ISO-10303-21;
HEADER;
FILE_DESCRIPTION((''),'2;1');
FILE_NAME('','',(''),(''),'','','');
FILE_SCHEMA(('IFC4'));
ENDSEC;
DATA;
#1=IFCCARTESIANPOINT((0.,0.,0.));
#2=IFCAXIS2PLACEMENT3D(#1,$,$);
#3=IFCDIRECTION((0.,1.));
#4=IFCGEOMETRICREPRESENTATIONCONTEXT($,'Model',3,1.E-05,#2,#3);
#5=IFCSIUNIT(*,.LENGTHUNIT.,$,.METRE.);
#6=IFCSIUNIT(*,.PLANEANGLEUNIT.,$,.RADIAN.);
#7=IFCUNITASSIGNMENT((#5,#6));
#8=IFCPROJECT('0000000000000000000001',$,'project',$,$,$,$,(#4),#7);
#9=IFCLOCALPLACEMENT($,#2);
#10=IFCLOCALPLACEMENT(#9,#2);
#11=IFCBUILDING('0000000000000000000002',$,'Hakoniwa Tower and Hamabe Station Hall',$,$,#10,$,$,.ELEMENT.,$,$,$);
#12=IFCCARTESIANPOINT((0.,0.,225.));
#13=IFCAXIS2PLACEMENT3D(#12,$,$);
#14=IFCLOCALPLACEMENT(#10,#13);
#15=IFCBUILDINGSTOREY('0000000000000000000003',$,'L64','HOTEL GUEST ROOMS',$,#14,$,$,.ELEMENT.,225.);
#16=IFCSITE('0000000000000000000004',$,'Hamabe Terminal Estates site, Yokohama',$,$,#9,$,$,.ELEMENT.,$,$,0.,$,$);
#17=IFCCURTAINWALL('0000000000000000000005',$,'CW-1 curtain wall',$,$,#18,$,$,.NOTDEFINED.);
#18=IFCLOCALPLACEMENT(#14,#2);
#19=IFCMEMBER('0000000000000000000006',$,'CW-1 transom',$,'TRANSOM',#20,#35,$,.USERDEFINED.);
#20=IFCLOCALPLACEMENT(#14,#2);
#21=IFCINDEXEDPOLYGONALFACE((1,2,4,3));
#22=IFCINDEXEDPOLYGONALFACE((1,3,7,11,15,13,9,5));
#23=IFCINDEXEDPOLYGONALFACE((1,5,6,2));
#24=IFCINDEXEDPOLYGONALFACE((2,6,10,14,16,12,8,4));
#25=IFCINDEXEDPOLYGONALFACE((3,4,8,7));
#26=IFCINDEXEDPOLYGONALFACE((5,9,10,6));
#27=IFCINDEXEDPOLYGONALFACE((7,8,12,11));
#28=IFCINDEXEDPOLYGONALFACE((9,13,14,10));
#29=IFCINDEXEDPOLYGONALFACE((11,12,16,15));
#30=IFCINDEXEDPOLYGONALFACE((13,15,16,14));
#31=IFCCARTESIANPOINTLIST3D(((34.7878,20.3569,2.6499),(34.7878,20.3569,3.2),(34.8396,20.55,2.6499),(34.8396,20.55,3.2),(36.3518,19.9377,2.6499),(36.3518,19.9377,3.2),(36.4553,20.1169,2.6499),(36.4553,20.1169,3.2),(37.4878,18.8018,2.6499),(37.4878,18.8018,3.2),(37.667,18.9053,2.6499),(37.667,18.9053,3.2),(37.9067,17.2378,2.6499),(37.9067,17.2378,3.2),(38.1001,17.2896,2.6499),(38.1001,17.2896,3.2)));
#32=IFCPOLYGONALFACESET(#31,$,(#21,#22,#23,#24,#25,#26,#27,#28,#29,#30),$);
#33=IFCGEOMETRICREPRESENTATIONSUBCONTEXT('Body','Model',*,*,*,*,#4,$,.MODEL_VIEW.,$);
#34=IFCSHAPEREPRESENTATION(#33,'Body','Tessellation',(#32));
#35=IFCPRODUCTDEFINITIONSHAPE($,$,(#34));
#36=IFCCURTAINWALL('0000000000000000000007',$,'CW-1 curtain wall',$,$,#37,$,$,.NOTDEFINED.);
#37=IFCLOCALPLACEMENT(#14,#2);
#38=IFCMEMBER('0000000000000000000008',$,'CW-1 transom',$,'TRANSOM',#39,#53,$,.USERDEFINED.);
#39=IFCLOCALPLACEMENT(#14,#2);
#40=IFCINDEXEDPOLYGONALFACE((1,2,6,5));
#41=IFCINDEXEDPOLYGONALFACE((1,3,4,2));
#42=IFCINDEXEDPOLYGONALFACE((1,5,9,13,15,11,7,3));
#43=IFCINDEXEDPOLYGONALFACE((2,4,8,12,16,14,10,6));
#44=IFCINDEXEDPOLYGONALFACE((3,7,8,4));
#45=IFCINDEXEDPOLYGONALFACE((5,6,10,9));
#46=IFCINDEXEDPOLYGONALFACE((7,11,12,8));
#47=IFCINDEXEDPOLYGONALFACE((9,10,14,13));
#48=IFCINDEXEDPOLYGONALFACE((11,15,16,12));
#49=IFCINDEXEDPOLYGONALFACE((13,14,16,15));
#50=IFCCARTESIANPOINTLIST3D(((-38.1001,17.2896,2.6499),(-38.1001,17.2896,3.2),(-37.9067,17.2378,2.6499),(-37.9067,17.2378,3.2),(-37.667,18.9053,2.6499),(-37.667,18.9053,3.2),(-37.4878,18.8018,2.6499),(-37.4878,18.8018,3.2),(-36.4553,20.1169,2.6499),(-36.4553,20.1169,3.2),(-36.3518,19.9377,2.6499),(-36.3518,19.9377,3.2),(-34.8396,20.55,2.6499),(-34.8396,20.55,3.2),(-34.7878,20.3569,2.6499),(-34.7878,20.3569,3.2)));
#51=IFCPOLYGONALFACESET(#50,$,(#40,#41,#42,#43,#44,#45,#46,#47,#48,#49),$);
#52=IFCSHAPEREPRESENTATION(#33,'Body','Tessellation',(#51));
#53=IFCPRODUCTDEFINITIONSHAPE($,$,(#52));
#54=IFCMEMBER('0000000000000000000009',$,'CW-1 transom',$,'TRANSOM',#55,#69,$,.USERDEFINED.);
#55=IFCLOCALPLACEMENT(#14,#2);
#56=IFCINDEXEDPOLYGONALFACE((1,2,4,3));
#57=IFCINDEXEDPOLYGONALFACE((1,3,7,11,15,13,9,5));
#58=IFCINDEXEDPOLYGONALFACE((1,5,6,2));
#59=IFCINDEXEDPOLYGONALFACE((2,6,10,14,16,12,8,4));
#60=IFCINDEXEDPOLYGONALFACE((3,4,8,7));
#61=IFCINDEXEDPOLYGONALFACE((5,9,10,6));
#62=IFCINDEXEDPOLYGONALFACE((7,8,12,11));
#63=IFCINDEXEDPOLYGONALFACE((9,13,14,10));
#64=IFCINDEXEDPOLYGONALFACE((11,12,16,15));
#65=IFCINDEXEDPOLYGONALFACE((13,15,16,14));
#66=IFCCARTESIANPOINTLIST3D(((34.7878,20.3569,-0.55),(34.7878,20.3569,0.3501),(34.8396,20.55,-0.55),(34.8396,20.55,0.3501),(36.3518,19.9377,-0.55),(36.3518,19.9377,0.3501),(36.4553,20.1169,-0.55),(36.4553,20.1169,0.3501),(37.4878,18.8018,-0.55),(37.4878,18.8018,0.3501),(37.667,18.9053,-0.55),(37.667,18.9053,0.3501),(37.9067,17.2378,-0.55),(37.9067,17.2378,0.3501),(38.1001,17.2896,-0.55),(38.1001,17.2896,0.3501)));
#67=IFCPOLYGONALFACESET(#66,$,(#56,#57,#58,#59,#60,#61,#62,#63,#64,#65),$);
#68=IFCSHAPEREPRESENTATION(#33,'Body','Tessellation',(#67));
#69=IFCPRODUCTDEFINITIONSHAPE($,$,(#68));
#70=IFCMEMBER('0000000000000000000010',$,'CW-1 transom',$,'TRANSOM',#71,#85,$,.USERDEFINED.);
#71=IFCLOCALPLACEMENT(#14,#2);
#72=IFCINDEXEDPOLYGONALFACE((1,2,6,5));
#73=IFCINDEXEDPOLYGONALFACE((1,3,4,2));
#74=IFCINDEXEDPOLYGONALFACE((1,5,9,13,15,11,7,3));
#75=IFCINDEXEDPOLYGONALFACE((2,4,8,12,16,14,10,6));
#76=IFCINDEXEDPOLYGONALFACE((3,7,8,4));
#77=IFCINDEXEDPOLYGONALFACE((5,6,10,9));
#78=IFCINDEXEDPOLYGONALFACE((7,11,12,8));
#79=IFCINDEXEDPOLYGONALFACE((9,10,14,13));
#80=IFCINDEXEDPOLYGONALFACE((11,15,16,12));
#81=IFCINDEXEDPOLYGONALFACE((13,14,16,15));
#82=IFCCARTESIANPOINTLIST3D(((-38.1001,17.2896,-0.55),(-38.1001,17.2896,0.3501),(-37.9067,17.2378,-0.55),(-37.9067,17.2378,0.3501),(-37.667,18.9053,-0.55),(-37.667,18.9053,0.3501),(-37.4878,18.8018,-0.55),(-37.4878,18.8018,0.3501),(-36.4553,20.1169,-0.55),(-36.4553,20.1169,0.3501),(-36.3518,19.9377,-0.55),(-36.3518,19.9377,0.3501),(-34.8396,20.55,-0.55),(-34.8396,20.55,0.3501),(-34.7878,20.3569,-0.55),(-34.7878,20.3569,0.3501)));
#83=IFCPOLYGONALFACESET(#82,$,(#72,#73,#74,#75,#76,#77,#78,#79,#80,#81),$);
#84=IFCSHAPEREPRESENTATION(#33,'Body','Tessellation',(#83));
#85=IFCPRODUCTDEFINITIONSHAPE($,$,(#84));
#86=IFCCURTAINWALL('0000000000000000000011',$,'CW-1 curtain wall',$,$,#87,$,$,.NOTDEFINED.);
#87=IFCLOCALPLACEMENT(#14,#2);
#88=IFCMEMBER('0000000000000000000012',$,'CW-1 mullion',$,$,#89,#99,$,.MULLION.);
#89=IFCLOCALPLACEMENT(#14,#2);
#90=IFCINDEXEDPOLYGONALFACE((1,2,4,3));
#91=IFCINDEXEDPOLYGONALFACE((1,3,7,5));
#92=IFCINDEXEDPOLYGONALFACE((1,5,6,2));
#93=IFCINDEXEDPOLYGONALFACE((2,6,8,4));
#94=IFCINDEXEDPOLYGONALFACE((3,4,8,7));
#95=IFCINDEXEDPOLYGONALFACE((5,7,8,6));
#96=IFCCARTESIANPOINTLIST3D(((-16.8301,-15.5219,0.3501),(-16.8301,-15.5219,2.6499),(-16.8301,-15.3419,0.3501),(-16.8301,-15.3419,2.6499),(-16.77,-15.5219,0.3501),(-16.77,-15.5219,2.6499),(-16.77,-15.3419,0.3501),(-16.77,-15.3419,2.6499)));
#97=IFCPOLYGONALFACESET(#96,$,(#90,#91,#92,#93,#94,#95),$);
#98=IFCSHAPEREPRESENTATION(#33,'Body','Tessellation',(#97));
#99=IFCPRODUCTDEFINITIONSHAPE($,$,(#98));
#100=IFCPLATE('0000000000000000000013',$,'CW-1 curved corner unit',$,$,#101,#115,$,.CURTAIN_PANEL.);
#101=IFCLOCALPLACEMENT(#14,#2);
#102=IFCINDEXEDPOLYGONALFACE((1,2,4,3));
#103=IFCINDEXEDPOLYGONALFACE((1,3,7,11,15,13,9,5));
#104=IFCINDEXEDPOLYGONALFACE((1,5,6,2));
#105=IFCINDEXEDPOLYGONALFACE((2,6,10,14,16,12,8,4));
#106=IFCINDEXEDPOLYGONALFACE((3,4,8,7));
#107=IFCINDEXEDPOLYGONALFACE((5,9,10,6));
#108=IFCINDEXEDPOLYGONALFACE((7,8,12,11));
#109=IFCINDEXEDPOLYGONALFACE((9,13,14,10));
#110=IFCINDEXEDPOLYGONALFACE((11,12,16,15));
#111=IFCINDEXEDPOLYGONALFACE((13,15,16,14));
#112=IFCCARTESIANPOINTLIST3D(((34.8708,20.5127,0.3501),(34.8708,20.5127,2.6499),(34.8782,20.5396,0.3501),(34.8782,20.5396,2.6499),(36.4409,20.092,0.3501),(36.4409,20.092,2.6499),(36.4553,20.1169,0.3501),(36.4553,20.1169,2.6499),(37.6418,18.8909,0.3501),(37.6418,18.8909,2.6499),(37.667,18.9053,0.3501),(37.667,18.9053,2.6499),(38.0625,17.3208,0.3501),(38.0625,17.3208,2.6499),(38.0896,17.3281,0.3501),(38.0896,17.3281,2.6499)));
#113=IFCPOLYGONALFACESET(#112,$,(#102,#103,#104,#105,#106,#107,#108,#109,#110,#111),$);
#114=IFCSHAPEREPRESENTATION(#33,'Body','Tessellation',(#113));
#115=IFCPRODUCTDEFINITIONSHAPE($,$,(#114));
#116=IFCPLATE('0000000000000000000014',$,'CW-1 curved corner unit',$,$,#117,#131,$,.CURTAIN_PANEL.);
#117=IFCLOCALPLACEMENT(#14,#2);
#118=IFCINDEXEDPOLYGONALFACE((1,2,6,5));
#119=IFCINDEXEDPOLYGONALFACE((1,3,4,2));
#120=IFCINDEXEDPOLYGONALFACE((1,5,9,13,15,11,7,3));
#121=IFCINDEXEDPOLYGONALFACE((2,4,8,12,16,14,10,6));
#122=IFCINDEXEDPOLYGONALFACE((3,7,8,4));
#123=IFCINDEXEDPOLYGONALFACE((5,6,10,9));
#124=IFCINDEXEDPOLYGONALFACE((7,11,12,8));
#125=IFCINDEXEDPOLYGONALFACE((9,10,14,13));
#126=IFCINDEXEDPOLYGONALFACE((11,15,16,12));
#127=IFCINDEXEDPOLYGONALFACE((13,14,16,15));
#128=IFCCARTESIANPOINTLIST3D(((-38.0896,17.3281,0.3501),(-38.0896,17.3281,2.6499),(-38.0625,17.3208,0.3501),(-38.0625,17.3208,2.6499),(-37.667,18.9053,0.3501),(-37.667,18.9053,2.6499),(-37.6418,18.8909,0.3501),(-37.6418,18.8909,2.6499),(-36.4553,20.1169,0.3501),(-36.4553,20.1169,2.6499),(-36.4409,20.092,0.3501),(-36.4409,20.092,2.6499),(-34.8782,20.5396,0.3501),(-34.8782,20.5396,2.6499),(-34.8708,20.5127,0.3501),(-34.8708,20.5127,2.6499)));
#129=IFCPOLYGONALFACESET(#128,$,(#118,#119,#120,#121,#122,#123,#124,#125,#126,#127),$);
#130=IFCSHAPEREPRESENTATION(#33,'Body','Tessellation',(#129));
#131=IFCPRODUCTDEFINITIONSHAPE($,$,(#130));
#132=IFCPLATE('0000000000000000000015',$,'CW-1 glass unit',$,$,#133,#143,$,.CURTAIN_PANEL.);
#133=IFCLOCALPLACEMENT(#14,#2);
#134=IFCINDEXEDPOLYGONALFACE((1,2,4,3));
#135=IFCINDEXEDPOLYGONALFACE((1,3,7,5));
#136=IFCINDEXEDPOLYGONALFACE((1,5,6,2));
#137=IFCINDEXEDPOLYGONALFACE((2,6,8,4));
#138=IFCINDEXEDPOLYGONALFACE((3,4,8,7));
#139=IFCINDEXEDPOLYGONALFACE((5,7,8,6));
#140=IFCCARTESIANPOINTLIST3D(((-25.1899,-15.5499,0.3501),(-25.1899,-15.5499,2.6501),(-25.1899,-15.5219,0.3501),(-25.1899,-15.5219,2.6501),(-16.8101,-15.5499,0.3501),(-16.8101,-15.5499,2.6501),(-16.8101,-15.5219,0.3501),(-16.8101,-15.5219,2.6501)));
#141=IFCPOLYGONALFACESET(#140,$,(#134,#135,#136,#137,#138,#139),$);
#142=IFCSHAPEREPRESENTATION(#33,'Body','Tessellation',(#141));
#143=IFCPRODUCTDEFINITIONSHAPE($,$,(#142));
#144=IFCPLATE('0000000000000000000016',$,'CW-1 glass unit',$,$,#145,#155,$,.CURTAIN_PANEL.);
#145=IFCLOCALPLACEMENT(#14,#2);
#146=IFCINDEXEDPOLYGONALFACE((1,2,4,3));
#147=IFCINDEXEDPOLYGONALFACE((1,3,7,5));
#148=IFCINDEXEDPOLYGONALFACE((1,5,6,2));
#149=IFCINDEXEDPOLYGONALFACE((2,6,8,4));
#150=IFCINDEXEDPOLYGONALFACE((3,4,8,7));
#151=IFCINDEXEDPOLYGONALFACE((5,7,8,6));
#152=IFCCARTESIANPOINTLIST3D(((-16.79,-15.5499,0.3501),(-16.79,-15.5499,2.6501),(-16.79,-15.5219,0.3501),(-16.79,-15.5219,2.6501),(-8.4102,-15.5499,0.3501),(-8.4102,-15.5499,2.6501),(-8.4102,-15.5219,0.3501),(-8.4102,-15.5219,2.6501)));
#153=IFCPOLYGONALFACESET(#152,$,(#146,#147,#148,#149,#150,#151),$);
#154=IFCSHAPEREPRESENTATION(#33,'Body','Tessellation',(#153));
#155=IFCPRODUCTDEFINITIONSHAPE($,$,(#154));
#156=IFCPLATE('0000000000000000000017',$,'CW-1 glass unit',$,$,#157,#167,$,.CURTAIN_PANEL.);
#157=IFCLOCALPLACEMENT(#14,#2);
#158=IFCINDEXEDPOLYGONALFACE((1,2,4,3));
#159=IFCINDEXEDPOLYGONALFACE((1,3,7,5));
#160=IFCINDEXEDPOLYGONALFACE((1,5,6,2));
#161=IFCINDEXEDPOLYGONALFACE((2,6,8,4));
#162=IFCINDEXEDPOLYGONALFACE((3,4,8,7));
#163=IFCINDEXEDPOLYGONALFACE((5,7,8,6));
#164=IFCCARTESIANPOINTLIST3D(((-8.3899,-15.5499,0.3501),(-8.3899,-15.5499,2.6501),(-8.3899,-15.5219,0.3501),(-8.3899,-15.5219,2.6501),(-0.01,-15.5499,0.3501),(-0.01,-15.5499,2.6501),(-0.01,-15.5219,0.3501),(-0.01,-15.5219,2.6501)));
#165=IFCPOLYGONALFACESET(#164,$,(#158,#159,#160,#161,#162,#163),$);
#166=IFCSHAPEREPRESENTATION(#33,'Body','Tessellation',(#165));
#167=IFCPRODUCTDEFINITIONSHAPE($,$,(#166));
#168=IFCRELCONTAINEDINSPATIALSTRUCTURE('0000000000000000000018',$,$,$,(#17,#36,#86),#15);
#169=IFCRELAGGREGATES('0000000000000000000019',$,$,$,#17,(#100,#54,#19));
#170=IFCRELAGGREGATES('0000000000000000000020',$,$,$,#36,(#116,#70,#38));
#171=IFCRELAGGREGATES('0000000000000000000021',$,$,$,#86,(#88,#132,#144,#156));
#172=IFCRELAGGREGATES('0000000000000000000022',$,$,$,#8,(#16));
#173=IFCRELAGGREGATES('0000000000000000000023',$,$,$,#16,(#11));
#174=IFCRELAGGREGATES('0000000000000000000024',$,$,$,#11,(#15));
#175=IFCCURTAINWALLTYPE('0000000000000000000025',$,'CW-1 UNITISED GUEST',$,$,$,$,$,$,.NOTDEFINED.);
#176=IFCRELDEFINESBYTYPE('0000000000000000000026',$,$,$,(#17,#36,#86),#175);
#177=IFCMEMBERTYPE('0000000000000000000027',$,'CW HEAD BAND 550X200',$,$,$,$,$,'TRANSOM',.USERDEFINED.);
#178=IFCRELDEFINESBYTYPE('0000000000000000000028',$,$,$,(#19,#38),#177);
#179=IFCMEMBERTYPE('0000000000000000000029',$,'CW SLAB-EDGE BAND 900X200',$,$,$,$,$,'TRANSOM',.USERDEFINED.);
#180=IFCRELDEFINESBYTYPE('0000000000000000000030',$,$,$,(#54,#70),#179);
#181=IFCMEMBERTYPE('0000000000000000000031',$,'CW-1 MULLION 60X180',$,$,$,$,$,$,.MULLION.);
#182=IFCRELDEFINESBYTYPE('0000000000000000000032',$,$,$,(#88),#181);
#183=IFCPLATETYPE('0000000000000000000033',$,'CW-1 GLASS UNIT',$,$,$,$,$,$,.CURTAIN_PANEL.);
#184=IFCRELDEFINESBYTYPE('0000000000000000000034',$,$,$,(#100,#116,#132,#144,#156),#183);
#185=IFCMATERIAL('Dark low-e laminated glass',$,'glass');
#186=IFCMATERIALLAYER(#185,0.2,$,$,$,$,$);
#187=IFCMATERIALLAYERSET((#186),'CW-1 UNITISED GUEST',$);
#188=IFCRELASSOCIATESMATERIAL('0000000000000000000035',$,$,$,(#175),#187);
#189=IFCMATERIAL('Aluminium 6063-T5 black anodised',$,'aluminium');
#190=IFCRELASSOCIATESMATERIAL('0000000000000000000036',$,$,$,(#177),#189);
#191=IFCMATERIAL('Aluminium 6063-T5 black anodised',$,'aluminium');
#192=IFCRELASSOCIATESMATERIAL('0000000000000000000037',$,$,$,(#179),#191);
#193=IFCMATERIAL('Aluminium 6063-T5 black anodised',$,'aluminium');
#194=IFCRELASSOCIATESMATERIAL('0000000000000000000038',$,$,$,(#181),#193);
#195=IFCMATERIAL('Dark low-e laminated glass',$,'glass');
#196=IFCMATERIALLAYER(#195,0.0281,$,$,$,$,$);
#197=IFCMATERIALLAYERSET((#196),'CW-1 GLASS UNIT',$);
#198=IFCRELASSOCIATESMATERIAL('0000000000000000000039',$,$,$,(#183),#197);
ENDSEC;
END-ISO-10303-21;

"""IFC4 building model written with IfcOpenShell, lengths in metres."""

from ifc_helpers import new_model, si_unit, direction, frame, origin, origin_2d, place, context, subcontext, project, spatial, polyline, rectangle, outline, extrude, material, layer, layer_set, material_profile, profile_set, type_object, element, aggregate, save


model = new_model("IFC4")

# Units and contexts
model_context = context("Model", 3, precision=1e-05, world=origin(), true_north=direction((0.0, 1.0)))
body_context = subcontext(model_context, "Body", "Model", "MODEL_VIEW")
ifc_project = project(units=[si_unit("LENGTHUNIT", "METRE"), si_unit("PLANEANGLEUNIT", "RADIAN")], contexts=[model_context])

# Site, building, storey
site_placement = place(None, origin())
site = spatial("IfcSite", under=ifc_project, at=site_placement, Name="Hamabe Terminal Estates site, Yokohama", CompositionType="ELEMENT", RefElevation=0.0)
building_placement = place(site_placement, origin())
building = spatial("IfcBuilding", under=site, at=building_placement, Name="Hakoniwa Tower and Hamabe Station Hall", CompositionType="ELEMENT")
storey_placement = place(building_placement, frame((0.0, 0.0, 225.0)))
storey = spatial("IfcBuildingStorey", under=building, at=storey_placement, Name="L64", Description="HOTEL GUEST ROOMS", CompositionType="ELEMENT", Elevation=225.0)

# Curtain walls, members
ifc_material_1 = material(Name="Dark low-e laminated glass", Category="glass")
ifc_layer_1 = layer(ifc_material_1, 0.2)
ifc_layer_set_1 = layer_set([ifc_layer_1], Name="CW-1 UNITISED GUEST")
curtain_wall_type = type_object("IfcCurtainWallType", Name="CW-1 UNITISED GUEST", PredefinedType="NOTDEFINED", material=ifc_layer_set_1)
curtain_wall_1_placement = place(storey_placement, origin())
curtain_wall_1 = element("IfcCurtainWall", 1, at=curtain_wall_1_placement, inside=storey, type_object=curtain_wall_type, Name="CW-1 curtain wall", PredefinedType="NOTDEFINED")
ifc_material_2 = material(Name="Aluminium 6063-T5 black anodised", Category="aluminium")
ifc_material_profile_1 = material_profile(ifc_material_2, rectangle(XDim=0.2, YDim=0.55, at=origin_2d()), Name="CW HEAD BAND 550X200")
ifc_profile_set_1 = profile_set([ifc_material_profile_1], Name="Aluminium 6063-T5 black anodised")
member_type_1 = type_object("IfcMemberType", Name="CW HEAD BAND 550X200", ElementType="TRANSOM", PredefinedType="USERDEFINED", material=ifc_profile_set_1)
member_1_placement = place(storey_placement, frame((0.0, 0.0, 2.6499)))
member_1 = element("IfcMember", 2, at=member_1_placement, type_object=member_type_1, Name="CW-1 transom", ObjectType="TRANSOM", PredefinedType="USERDEFINED", context=body_context, shape_type="SweptSolid", body=[
    extrude(outline(polyline([(38.1001, 17.2896), (37.667, 18.9053), (36.4553, 20.1169), (34.8396, 20.55), (34.7878, 20.3569), (36.3518, 19.9377), (37.4878, 18.8018), (37.9067, 17.2378), (38.1001, 17.2896)])), origin(), (0.0, 0.0, 1.0), 0.55),
])
curtain_wall_2_placement = place(storey_placement, origin())
curtain_wall_2 = element("IfcCurtainWall", 3, at=curtain_wall_2_placement, inside=storey, type_object=curtain_wall_type, Name="CW-1 curtain wall", PredefinedType="NOTDEFINED")
member_2_placement = place(storey_placement, frame((0.0, 0.0, 2.6499)))
member_2 = element("IfcMember", 4, at=member_2_placement, type_object=member_type_1, Name="CW-1 transom", ObjectType="TRANSOM", PredefinedType="USERDEFINED", context=body_context, shape_type="SweptSolid", body=[
    extrude(outline(polyline([(-34.8396, 20.55), (-36.4553, 20.1169), (-37.667, 18.9053), (-38.1001, 17.2896), (-37.9067, 17.2378), (-37.4878, 18.8018), (-36.3518, 19.9377), (-34.7878, 20.3569), (-34.8396, 20.55)])), origin(), (0.0, 0.0, 1.0), 0.55),
])

# Members
ifc_material_3 = material(Name="Aluminium 6063-T5 black anodised", Category="aluminium")
ifc_material_profile_2 = material_profile(ifc_material_3, rectangle(XDim=0.2, YDim=0.8999, at=origin_2d()), Name="CW SLAB-EDGE BAND 900X200")
ifc_profile_set_2 = profile_set([ifc_material_profile_2], Name="Aluminium 6063-T5 black anodised")
member_type_2 = type_object("IfcMemberType", Name="CW SLAB-EDGE BAND 900X200", ElementType="TRANSOM", PredefinedType="USERDEFINED", material=ifc_profile_set_2)
member_3_placement = place(storey_placement, frame((0.0, 0.0, -0.55)))
member_3 = element("IfcMember", 5, at=member_3_placement, type_object=member_type_2, Name="CW-1 transom", ObjectType="TRANSOM", PredefinedType="USERDEFINED", context=body_context, shape_type="SweptSolid", body=[
    extrude(outline(polyline([(38.1001, 17.2896), (37.667, 18.9053), (36.4553, 20.1169), (34.8396, 20.55), (34.7878, 20.3569), (36.3518, 19.9377), (37.4878, 18.8018), (37.9067, 17.2378), (38.1001, 17.2896)])), origin(), (0.0, 0.0, 1.0), 0.9001),
])
member_4_placement = place(storey_placement, frame((0.0, 0.0, -0.55)))
member_4 = element("IfcMember", 6, at=member_4_placement, type_object=member_type_2, Name="CW-1 transom", ObjectType="TRANSOM", PredefinedType="USERDEFINED", context=body_context, shape_type="SweptSolid", body=[
    extrude(outline(polyline([(-34.8396, 20.55), (-36.4553, 20.1169), (-37.667, 18.9053), (-38.1001, 17.2896), (-37.9067, 17.2378), (-37.4878, 18.8018), (-36.3518, 19.9377), (-34.7878, 20.3569), (-34.8396, 20.55)])), origin(), (0.0, 0.0, 1.0), 0.9001),
])

# Curtain wall, member
curtain_wall_3_placement = place(storey_placement, origin())
curtain_wall_3 = element("IfcCurtainWall", 7, at=curtain_wall_3_placement, inside=storey, type_object=curtain_wall_type, Name="CW-1 curtain wall", PredefinedType="NOTDEFINED")
ifc_material_4 = material(Name="Aluminium 6063-T5 black anodised", Category="aluminium")
ifc_material_profile_3 = material_profile(ifc_material_4, rectangle(XDim=0.0601, YDim=0.1799, at=origin_2d()), Name="CW-1 MULLION 60X180")
ifc_profile_set_3 = profile_set([ifc_material_profile_3], Name="Aluminium 6063-T5 black anodised")
member_type_3 = type_object("IfcMemberType", Name="CW-1 MULLION 60X180", PredefinedType="MULLION", material=ifc_profile_set_3)
member_5_placement = place(storey_placement, frame((-16.8, -15.4319, 0.3501), z_axis=(0.0, 0.0, 1.0), x_axis=(1.0, 0.0, 0.0)))
member_5 = element("IfcMember", 8, at=member_5_placement, type_object=member_type_3, Name="CW-1 mullion", PredefinedType="MULLION", context=body_context, shape_type="SweptSolid", body=[
    extrude(rectangle(XDim=0.0601, YDim=0.1799, at=origin_2d()), origin(), (0.0, 0.0, 1.0), 2.2998),
])

# Plates
ifc_material_5 = material(Name="Dark low-e laminated glass", Category="glass")
ifc_layer_2 = layer(ifc_material_5, 0.0281)
ifc_layer_set_2 = layer_set([ifc_layer_2], Name="CW-1 GLASS UNIT")
plate_type = type_object("IfcPlateType", Name="CW-1 GLASS UNIT", PredefinedType="CURTAIN_PANEL", material=ifc_layer_set_2)
plate_1_placement = place(storey_placement, frame((0.0, 0.0, 0.3501)))
plate_1 = element("IfcPlate", 9, at=plate_1_placement, type_object=plate_type, Name="CW-1 curved corner unit", PredefinedType="CURTAIN_PANEL", context=body_context, shape_type="SweptSolid", body=[
    extrude(outline(polyline([(38.0896, 17.3281), (37.667, 18.9053), (36.4553, 20.1169), (34.8782, 20.5396), (34.8708, 20.5127), (36.4409, 20.092), (37.6418, 18.8909), (38.0625, 17.3208), (38.0896, 17.3281)])), origin(), (0.0, 0.0, 1.0), 2.2998),
])
aggregate(curtain_wall_1, [plate_1, member_3, member_1])
plate_2_placement = place(storey_placement, frame((0.0, 0.0, 0.3501)))
plate_2 = element("IfcPlate", 10, at=plate_2_placement, type_object=plate_type, Name="CW-1 curved corner unit", PredefinedType="CURTAIN_PANEL", context=body_context, shape_type="SweptSolid", body=[
    extrude(outline(polyline([(-34.8782, 20.5396), (-36.4553, 20.1169), (-37.667, 18.9053), (-38.0896, 17.3281), (-38.0625, 17.3208), (-37.6418, 18.8909), (-36.4409, 20.092), (-34.8708, 20.5127), (-34.8782, 20.5396)])), origin(), (0.0, 0.0, 1.0), 2.2998),
])
aggregate(curtain_wall_2, [plate_2, member_4, member_2])
plate_3_placement = place(storey_placement, frame((-21.0, -15.5359, 0.3501), z_axis=(0.0, 0.0, 1.0), x_axis=(1.0, 0.0, 0.0)))
plate_3 = element("IfcPlate", 11, at=plate_3_placement, type_object=plate_type, Name="CW-1 glass unit", PredefinedType="CURTAIN_PANEL", context=body_context, shape_type="SweptSolid", body=[
    extrude(rectangle(XDim=8.3799, YDim=0.0281, at=origin_2d()), origin(), (0.0, 0.0, 1.0), 2.3),
])
plate_4_placement = place(storey_placement, frame((-12.6001, -15.5359, 0.3501), z_axis=(0.0, 0.0, 1.0), x_axis=(1.0, 0.0, 0.0)))
plate_4 = element("IfcPlate", 12, at=plate_4_placement, type_object=plate_type, Name="CW-1 glass unit", PredefinedType="CURTAIN_PANEL", context=body_context, shape_type="SweptSolid", body=[
    extrude(rectangle(XDim=8.3799, YDim=0.0281, at=origin_2d()), origin(), (0.0, 0.0, 1.0), 2.3),
])
plate_5_placement = place(storey_placement, frame((-4.2, -15.5359, 0.3501), z_axis=(0.0, 0.0, 1.0), x_axis=(1.0, 0.0, 0.0)))
plate_5 = element("IfcPlate", 13, at=plate_5_placement, type_object=plate_type, Name="CW-1 glass unit", PredefinedType="CURTAIN_PANEL", context=body_context, shape_type="SweptSolid", body=[
    extrude(rectangle(XDim=8.3799, YDim=0.0281, at=origin_2d()), origin(), (0.0, 0.0, 1.0), 2.3),
])
aggregate(curtain_wall_3, [member_5, plate_3, plate_4, plate_5])

save(model, "model.ifc")
